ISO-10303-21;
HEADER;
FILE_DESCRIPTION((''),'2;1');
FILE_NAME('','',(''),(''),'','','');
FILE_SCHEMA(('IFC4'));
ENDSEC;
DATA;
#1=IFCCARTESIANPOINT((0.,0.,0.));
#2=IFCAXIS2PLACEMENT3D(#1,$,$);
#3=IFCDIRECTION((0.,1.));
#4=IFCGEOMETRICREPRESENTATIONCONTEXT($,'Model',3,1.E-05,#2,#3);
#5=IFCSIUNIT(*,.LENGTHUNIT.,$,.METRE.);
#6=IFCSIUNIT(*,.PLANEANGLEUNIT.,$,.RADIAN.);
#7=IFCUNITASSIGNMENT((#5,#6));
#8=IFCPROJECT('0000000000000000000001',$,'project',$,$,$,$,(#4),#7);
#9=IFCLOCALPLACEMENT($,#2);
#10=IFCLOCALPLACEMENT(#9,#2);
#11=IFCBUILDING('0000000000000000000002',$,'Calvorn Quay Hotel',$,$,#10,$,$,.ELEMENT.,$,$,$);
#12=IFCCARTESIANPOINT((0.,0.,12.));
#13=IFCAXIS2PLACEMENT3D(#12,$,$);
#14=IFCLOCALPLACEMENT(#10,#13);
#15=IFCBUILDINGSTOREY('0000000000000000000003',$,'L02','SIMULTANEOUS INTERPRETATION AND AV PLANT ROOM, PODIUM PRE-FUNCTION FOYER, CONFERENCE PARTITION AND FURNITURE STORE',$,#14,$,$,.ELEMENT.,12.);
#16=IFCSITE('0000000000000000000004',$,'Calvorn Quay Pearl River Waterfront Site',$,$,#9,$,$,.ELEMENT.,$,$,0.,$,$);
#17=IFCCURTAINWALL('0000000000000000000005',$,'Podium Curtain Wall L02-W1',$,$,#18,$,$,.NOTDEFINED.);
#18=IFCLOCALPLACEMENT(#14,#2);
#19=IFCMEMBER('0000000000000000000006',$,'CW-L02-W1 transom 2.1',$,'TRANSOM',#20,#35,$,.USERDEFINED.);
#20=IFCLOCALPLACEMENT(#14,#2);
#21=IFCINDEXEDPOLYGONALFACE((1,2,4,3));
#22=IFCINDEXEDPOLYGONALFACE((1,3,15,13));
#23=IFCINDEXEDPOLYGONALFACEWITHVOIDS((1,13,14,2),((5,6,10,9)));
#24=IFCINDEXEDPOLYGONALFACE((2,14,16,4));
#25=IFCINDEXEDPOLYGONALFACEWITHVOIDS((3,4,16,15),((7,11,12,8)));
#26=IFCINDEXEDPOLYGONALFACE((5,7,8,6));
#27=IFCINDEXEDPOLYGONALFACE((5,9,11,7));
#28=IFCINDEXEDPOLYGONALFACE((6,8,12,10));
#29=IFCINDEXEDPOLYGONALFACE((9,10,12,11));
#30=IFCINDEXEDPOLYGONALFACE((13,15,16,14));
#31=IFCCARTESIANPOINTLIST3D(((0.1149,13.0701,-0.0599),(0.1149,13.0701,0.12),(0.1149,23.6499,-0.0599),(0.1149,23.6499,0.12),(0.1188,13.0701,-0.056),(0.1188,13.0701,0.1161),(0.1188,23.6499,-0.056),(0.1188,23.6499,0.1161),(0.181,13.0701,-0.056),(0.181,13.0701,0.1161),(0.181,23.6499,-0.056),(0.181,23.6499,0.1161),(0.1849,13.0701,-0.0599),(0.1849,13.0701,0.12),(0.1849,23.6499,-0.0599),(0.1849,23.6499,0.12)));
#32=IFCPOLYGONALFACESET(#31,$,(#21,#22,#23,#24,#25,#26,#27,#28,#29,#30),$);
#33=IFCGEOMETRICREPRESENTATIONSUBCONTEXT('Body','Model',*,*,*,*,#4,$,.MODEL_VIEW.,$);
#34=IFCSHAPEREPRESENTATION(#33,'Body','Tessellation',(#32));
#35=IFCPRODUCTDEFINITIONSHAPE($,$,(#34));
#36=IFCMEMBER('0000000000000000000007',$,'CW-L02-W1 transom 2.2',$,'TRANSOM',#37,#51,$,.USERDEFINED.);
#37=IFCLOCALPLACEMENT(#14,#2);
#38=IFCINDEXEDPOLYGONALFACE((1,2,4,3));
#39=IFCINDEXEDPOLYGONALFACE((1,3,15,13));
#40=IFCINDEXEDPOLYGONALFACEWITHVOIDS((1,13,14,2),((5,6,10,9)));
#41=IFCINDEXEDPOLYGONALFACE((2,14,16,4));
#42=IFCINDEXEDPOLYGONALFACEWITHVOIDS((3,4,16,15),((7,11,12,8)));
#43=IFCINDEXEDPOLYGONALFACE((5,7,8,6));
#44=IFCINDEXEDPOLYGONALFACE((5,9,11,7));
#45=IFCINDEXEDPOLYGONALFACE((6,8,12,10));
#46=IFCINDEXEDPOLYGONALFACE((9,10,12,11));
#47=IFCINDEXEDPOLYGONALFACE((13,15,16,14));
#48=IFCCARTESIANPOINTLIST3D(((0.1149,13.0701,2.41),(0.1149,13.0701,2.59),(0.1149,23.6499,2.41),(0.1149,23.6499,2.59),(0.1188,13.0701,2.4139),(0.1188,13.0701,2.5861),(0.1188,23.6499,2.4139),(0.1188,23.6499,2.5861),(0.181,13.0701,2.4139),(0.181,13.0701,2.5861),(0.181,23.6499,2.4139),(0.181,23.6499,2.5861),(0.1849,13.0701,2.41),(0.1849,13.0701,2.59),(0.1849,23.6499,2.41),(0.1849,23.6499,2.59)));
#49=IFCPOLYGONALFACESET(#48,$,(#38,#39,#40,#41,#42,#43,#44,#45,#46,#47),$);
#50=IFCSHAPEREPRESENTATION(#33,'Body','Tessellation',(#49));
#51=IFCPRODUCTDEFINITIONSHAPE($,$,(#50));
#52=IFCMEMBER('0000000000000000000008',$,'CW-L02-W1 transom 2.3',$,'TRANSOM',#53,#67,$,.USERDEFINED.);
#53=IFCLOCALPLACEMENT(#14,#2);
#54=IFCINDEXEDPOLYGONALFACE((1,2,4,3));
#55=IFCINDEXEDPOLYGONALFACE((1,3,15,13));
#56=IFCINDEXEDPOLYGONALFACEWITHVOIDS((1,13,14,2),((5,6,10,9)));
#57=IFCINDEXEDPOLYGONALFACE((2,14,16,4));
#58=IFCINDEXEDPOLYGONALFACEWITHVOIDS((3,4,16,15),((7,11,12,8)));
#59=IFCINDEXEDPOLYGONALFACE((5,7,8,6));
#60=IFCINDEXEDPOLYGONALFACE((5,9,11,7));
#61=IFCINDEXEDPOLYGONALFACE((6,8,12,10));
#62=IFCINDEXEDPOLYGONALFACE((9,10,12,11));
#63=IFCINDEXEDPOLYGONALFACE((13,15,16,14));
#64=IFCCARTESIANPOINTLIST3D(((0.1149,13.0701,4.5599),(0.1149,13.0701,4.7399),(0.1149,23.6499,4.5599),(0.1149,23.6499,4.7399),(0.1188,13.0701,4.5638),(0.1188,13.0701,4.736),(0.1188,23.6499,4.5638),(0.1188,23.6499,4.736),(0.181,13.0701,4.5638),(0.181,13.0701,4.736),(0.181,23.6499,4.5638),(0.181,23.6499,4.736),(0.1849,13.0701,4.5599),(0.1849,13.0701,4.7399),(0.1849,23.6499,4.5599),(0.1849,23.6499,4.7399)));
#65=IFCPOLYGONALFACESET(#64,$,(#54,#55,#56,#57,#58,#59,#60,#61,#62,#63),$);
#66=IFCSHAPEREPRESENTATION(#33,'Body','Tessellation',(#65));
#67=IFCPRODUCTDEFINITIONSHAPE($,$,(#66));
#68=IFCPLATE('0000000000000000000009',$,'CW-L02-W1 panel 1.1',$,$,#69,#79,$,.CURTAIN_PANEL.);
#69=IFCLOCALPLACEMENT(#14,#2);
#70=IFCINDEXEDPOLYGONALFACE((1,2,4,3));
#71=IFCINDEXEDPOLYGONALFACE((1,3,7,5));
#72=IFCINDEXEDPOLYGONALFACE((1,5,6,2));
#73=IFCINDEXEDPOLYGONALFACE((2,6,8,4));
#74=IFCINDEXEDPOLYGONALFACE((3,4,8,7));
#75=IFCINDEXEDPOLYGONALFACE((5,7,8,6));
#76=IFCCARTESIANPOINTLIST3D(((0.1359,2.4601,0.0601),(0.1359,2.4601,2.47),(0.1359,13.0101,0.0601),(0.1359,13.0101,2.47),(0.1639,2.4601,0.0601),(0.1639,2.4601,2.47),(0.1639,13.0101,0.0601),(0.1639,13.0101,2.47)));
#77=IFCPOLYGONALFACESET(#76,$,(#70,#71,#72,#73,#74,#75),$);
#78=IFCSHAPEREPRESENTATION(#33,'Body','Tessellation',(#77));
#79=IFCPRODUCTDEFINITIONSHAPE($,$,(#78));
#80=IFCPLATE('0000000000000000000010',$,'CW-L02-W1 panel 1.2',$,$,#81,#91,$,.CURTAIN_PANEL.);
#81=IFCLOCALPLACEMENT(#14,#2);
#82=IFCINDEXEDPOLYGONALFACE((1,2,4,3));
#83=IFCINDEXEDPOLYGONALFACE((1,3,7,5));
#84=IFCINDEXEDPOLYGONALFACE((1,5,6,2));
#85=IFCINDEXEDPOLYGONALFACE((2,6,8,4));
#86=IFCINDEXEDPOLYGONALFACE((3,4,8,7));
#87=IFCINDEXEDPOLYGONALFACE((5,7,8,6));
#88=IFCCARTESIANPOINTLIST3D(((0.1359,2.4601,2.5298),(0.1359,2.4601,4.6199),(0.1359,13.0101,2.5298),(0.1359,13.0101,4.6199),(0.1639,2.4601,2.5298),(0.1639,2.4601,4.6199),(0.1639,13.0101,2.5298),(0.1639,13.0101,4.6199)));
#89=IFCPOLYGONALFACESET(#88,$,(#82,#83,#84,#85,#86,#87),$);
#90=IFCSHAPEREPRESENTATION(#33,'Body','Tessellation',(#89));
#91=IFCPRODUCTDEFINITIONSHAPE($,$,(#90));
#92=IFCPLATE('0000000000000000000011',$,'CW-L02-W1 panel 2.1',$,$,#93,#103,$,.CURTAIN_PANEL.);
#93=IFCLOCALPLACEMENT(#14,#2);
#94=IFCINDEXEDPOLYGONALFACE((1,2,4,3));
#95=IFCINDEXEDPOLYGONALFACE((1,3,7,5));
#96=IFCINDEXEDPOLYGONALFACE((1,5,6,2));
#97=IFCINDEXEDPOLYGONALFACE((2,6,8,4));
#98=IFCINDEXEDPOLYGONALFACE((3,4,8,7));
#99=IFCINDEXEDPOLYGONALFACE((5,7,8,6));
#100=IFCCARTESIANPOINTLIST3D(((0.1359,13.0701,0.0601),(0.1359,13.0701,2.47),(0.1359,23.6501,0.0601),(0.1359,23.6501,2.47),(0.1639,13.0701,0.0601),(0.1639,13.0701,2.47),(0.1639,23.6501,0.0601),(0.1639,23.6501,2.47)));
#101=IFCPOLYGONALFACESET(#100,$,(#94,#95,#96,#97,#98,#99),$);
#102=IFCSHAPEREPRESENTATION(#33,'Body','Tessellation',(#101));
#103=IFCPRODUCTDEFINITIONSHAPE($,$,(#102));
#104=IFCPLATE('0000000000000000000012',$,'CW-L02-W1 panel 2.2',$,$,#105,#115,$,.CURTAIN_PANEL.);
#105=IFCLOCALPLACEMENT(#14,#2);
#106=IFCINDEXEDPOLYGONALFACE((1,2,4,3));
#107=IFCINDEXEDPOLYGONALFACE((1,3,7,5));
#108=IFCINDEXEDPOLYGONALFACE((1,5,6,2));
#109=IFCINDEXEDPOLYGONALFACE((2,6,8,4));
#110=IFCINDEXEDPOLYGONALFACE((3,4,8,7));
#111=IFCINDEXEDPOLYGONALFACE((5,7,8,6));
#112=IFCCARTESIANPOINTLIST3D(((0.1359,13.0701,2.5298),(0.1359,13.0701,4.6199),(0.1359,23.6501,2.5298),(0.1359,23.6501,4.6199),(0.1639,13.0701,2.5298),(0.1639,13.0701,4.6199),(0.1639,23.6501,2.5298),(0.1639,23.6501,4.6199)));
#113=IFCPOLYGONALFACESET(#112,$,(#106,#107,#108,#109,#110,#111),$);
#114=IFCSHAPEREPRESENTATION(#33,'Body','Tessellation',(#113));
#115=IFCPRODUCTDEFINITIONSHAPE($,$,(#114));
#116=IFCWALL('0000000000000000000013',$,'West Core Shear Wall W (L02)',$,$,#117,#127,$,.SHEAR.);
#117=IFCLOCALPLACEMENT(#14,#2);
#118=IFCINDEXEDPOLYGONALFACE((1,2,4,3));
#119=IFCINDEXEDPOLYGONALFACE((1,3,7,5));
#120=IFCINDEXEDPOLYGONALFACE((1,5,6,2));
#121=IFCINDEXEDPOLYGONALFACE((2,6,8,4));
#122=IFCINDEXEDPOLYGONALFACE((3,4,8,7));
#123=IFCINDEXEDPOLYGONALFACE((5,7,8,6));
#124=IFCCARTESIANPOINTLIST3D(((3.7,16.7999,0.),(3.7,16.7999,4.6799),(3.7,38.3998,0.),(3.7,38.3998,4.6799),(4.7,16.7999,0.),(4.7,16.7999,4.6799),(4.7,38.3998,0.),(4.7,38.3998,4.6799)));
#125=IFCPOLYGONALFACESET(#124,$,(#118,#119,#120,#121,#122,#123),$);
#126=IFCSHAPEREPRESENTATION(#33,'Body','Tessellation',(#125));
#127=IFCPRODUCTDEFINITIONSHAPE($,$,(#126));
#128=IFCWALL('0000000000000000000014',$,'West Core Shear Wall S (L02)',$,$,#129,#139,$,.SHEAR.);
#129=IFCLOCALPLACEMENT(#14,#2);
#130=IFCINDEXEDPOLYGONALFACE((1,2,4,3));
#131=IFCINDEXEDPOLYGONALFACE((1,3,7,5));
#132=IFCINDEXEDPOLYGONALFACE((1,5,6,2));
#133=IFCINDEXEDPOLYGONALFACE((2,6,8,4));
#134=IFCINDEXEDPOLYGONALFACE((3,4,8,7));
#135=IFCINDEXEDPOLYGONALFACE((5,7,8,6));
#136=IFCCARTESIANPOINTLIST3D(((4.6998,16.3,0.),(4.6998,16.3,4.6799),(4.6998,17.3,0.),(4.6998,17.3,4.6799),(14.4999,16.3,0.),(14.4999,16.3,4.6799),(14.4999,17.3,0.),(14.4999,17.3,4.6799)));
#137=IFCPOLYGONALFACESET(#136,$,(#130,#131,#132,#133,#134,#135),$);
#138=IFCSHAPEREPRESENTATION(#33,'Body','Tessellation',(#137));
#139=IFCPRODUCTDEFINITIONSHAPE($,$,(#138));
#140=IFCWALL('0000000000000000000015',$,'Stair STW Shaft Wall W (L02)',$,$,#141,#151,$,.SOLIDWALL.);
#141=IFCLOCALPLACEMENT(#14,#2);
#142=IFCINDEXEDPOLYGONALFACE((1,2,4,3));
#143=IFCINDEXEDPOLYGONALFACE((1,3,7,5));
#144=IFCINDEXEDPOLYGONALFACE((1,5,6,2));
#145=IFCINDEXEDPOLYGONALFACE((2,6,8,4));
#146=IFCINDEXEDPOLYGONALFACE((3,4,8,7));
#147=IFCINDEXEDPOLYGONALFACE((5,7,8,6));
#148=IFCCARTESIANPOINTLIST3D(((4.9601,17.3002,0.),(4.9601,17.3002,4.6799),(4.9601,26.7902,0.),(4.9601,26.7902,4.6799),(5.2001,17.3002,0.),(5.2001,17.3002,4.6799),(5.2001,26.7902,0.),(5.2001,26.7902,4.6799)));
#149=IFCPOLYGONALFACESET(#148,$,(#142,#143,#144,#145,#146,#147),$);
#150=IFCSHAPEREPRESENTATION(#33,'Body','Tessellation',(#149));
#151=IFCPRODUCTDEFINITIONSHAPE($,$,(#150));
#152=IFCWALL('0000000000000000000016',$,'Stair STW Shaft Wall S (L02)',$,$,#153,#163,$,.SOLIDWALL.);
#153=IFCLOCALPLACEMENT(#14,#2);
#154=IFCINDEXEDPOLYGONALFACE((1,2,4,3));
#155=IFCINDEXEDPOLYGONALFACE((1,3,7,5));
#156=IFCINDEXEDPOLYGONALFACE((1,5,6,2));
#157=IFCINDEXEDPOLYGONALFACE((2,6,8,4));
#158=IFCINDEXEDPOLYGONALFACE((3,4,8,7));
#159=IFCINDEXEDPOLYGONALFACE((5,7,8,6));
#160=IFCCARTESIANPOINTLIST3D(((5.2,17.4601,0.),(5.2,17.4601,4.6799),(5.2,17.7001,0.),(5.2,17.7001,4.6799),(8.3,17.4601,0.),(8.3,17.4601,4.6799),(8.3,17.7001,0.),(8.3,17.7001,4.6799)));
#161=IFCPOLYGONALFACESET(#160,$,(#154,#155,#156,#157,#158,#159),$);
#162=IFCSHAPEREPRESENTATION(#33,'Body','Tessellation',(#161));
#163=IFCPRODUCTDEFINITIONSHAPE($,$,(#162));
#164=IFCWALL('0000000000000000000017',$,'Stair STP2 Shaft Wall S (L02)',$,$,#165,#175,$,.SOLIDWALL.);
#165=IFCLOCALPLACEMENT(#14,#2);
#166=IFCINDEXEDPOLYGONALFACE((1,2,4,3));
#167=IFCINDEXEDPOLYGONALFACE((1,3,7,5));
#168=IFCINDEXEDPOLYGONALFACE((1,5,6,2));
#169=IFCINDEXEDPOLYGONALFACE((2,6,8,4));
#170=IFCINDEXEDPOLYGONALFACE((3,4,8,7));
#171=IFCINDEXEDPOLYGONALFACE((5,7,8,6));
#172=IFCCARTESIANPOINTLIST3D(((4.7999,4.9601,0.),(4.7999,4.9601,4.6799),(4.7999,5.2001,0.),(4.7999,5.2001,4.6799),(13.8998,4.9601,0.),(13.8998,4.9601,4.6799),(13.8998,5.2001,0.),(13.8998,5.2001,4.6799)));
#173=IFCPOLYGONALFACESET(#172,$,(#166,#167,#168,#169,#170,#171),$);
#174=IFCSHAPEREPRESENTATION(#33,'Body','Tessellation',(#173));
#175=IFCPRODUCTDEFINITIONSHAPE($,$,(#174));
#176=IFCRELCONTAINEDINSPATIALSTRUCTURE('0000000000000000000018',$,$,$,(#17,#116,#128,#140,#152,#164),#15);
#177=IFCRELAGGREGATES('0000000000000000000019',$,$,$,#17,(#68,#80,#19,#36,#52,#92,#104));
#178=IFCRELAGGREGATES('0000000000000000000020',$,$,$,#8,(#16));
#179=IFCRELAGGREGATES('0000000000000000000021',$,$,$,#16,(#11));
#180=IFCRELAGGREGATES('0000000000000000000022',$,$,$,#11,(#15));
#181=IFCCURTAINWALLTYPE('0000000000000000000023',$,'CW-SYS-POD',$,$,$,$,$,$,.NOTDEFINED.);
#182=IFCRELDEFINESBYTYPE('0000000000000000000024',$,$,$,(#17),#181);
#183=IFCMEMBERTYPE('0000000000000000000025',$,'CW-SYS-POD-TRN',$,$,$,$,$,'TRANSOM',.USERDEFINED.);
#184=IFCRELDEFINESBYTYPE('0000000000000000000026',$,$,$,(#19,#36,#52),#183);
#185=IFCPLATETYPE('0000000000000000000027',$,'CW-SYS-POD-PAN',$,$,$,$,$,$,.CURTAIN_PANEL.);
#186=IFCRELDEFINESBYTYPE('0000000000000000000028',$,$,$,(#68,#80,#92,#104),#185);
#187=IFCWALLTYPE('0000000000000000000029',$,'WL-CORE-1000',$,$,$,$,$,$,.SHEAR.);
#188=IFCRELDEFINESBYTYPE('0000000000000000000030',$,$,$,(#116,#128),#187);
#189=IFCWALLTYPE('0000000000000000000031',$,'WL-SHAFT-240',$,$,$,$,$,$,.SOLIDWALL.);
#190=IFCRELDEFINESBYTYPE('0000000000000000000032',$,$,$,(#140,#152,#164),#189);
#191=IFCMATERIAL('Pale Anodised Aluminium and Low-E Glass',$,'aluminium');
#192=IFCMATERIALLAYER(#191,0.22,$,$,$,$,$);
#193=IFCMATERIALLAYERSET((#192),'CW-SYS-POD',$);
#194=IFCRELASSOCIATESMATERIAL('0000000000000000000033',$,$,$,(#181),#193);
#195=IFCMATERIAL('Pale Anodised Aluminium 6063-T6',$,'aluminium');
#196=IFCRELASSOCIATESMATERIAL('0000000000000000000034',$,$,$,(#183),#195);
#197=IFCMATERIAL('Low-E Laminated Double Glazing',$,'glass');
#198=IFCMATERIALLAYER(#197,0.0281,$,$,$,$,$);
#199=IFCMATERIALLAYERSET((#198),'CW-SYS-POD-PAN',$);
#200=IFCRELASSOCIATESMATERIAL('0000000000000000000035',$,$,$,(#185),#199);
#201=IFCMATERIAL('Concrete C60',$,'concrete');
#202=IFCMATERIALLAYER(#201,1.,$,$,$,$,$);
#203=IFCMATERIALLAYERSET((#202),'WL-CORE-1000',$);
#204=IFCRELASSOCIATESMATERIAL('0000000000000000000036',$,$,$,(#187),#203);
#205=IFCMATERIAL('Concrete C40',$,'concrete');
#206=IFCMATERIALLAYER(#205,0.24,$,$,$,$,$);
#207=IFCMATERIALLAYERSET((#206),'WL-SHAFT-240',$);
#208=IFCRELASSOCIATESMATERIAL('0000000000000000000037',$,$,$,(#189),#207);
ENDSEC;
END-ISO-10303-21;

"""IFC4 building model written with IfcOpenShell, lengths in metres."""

from ifc_helpers import new_model, si_unit, direction, frame, frame_2d, origin, origin_2d, place, context, subcontext, project, spatial, rectangle, hollow_rectangle, extrude, material, layer, layer_set, material_profile, profile_set, type_object, element, aggregate, save


model = new_model("IFC4")

# Units and contexts
model_context = context("Model", 3, precision=1e-05, world=origin(), true_north=direction((0.0, 1.0)))
body_context = subcontext(model_context, "Body", "Model", "MODEL_VIEW")
ifc_project = project(units=[si_unit("LENGTHUNIT", "METRE"), si_unit("PLANEANGLEUNIT", "RADIAN")], contexts=[model_context])

# Site, building, storey
site_placement = place(None, origin())
site = spatial("IfcSite", under=ifc_project, at=site_placement, Name="Calvorn Quay Pearl River Waterfront Site", CompositionType="ELEMENT", RefElevation=0.0)
building_placement = place(site_placement, origin())
building = spatial("IfcBuilding", under=site, at=building_placement, Name="Calvorn Quay Hotel", CompositionType="ELEMENT")
storey_placement = place(building_placement, frame((0.0, 0.0, 12.0)))
storey = spatial("IfcBuildingStorey", under=building, at=storey_placement, Name="L02", Description="SIMULTANEOUS INTERPRETATION AND AV PLANT ROOM, PODIUM PRE-FUNCTION FOYER, CONFERENCE PARTITION AND FURNITURE STORE", CompositionType="ELEMENT", Elevation=12.0)

# Curtain wall, members, plates
ifc_material_1 = material(Name="Pale Anodised Aluminium and Low-E Glass", Category="aluminium")
ifc_layer_1 = layer(ifc_material_1, 0.22)
ifc_layer_set_1 = layer_set([ifc_layer_1], Name="CW-SYS-POD")
curtain_wall_type = type_object("IfcCurtainWallType", Name="CW-SYS-POD", PredefinedType="NOTDEFINED", material=ifc_layer_set_1)
curtain_wall_placement = place(storey_placement, origin())
curtain_wall = element("IfcCurtainWall", 1, at=curtain_wall_placement, inside=storey, type_object=curtain_wall_type, Name="Podium Curtain Wall L02-W1", PredefinedType="NOTDEFINED")
ifc_material_2 = material(Name="Pale Anodised Aluminium 6063-T6", Category="aluminium")
ifc_material_profile_1 = material_profile(ifc_material_2, hollow_rectangle(XDim=0.0701, YDim=0.1799, WallThickness=0.0039, at=origin_2d()), Name="ALU-T180x70x4")
ifc_profile_set_1 = profile_set([ifc_material_profile_1], Name="Pale Anodised Aluminium 6063-T6")
member_type_1 = type_object("IfcMemberType", Name="CW-SYS-POD-TRN", ElementType="TRANSOM", PredefinedType="USERDEFINED", material=ifc_profile_set_1)
member_1_placement = place(storey_placement, frame((0.1499, 13.0701, 0.03), z_axis=(0.0, 1.0, 0.0), x_axis=(-1.0, 0.0, 0.0)))
member_1 = element("IfcMember", 2, at=member_1_placement, type_object=member_type_1, Name="CW-L02-W1 transom 2.1", ObjectType="TRANSOM", PredefinedType="USERDEFINED", context=body_context, shape_type="SweptSolid", body=[
    extrude(hollow_rectangle(XDim=0.0701, YDim=0.1799, WallThickness=0.0039, at=origin_2d()), origin(), (0.0, 0.0, 1.0), 10.5798),
])
member_2_placement = place(storey_placement, frame((0.1499, 13.0701, 2.5), z_axis=(0.0, 1.0, 0.0), x_axis=(-1.0, 0.0, 0.0)))
member_2 = element("IfcMember", 3, at=member_2_placement, type_object=member_type_1, Name="CW-L02-W1 transom 2.2", ObjectType="TRANSOM", PredefinedType="USERDEFINED", context=body_context, shape_type="SweptSolid", body=[
    extrude(hollow_rectangle(XDim=0.0701, YDim=0.1799, WallThickness=0.0039, at=origin_2d()), origin(), (0.0, 0.0, 1.0), 10.5798),
])
member_3_placement = place(storey_placement, frame((0.1499, 13.0701, 4.6499), z_axis=(0.0, 1.0, 0.0), x_axis=(-1.0, 0.0, 0.0)))
member_3 = element("IfcMember", 4, at=member_3_placement, type_object=member_type_1, Name="CW-L02-W1 transom 2.3", ObjectType="TRANSOM", PredefinedType="USERDEFINED", context=body_context, shape_type="SweptSolid", body=[
    extrude(hollow_rectangle(XDim=0.0701, YDim=0.1799, WallThickness=0.0039, at=origin_2d()), origin(), (0.0, 0.0, 1.0), 10.5798),
])
ifc_material_3 = material(Name="Low-E Laminated Double Glazing", Category="glass")
ifc_layer_2 = layer(ifc_material_3, 0.0281)
ifc_layer_set_2 = layer_set([ifc_layer_2], Name="CW-SYS-POD-PAN")
plate_type = type_object("IfcPlateType", Name="CW-SYS-POD-PAN", PredefinedType="CURTAIN_PANEL", material=ifc_layer_set_2)
plate_1_placement = place(storey_placement, frame((0.1499, 7.7351, 0.0601), z_axis=(0.0, 0.0, 1.0), x_axis=(0.0, 1.0, 0.0)))
plate_1 = element("IfcPlate", 5, at=plate_1_placement, type_object=plate_type, Name="CW-L02-W1 panel 1.1", PredefinedType="CURTAIN_PANEL", context=body_context, shape_type="SweptSolid", body=[
    extrude(rectangle(XDim=10.55, YDim=0.0281, at=origin_2d()), origin(), (0.0, 0.0, 1.0), 2.4099),
])
plate_2_placement = place(storey_placement, frame((0.1499, 7.7351, 2.5298), z_axis=(0.0, 0.0, 1.0), x_axis=(0.0, 1.0, 0.0)))
plate_2 = element("IfcPlate", 6, at=plate_2_placement, type_object=plate_type, Name="CW-L02-W1 panel 1.2", PredefinedType="CURTAIN_PANEL", context=body_context, shape_type="SweptSolid", body=[
    extrude(rectangle(XDim=10.55, YDim=0.0281, at=origin_2d()), origin(), (0.0, 0.0, 1.0), 2.0901),
])
plate_3_placement = place(storey_placement, frame((0.1499, 18.3601, 0.0601), z_axis=(0.0, 0.0, 1.0), x_axis=(0.0, 1.0, 0.0)))
plate_3 = element("IfcPlate", 7, at=plate_3_placement, type_object=plate_type, Name="CW-L02-W1 panel 2.1", PredefinedType="CURTAIN_PANEL", context=body_context, shape_type="SweptSolid", body=[
    extrude(rectangle(XDim=10.5801, YDim=0.0281, at=origin_2d()), origin(), (0.0, 0.0, 1.0), 2.4099),
])
plate_4_placement = place(storey_placement, frame((0.1499, 18.3601, 2.5298), z_axis=(0.0, 0.0, 1.0), x_axis=(0.0, 1.0, 0.0)))
plate_4 = element("IfcPlate", 8, at=plate_4_placement, type_object=plate_type, Name="CW-L02-W1 panel 2.2", PredefinedType="CURTAIN_PANEL", context=body_context, shape_type="SweptSolid", body=[
    extrude(rectangle(XDim=10.5801, YDim=0.0281, at=origin_2d()), origin(), (0.0, 0.0, 1.0), 2.0901),
])
aggregate(curtain_wall, [plate_1, plate_2, member_1, member_2, member_3, plate_3, plate_4])

# Walls
ifc_material_4 = material(Name="Concrete C60", Category="concrete")
ifc_layer_3 = layer(ifc_material_4, 1.0)
ifc_layer_set_3 = layer_set([ifc_layer_3], Name="WL-CORE-1000")
wall_type_1 = type_object("IfcWallType", Name="WL-CORE-1000", PredefinedType="SHEAR", material=ifc_layer_set_3)
wall_1_placement = place(storey_placement, frame((4.2, 16.8, 0.0), z_axis=(0.0, 0.0, 1.0), x_axis=(0.0, 1.0, 0.0)))
element("IfcWall", 9, at=wall_1_placement, inside=storey, type_object=wall_type_1, Name="West Core Shear Wall W (L02)", PredefinedType="SHEAR", context=body_context, shape_type="SweptSolid", body=[
    extrude(rectangle(XDim=21.5999, YDim=1.0, at=frame_2d((10.7998, 0.0))), origin(), (0.0, 0.0, 1.0), 4.6799),
])
wall_2_placement = place(storey_placement, frame((4.7, 16.8, 0.0), z_axis=(0.0, 0.0, 1.0), x_axis=(1.0, 0.0, 0.0)))
element("IfcWall", 10, at=wall_2_placement, inside=storey, type_object=wall_type_1, Name="West Core Shear Wall S (L02)", PredefinedType="SHEAR", context=body_context, shape_type="SweptSolid", body=[
    extrude(rectangle(XDim=9.8, YDim=1.0, at=frame_2d((4.8999, 0.0))), origin(), (0.0, 0.0, 1.0), 4.6799),
])
ifc_material_5 = material(Name="Concrete C40", Category="concrete")
ifc_layer_4 = layer(ifc_material_5, 0.24)
ifc_layer_set_4 = layer_set([ifc_layer_4], Name="WL-SHAFT-240")
wall_type_2 = type_object("IfcWallType", Name="WL-SHAFT-240", PredefinedType="SOLIDWALL", material=ifc_layer_set_4)
wall_3_placement = place(storey_placement, frame((5.0801, 17.3, 0.0), z_axis=(0.0, 0.0, 1.0), x_axis=(0.0, 1.0, 0.0)))
element("IfcWall", 11, at=wall_3_placement, inside=storey, type_object=wall_type_2, Name="Stair STW Shaft Wall W (L02)", PredefinedType="SOLIDWALL", context=body_context, shape_type="SweptSolid", body=[
    extrude(rectangle(XDim=9.49, YDim=0.24, at=frame_2d((4.7451, 0.0))), origin(), (0.0, 0.0, 1.0), 4.6799),
])
wall_4_placement = place(storey_placement, frame((5.2, 17.5801, 0.0), z_axis=(0.0, 0.0, 1.0), x_axis=(1.0, 0.0, 0.0)))
element("IfcWall", 12, at=wall_4_placement, inside=storey, type_object=wall_type_2, Name="Stair STW Shaft Wall S (L02)", PredefinedType="SOLIDWALL", context=body_context, shape_type="SweptSolid", body=[
    extrude(rectangle(XDim=3.1001, YDim=0.24, at=frame_2d((1.55, 0.0))), origin(), (0.0, 0.0, 1.0), 4.6799),
])
wall_5_placement = place(storey_placement, frame((4.8, 5.0801, 0.0), z_axis=(0.0, 0.0, 1.0), x_axis=(1.0, 0.0, 0.0)))
element("IfcWall", 13, at=wall_5_placement, inside=storey, type_object=wall_type_2, Name="Stair STP2 Shaft Wall S (L02)", PredefinedType="SOLIDWALL", context=body_context, shape_type="SweptSolid", body=[
    extrude(rectangle(XDim=9.0999, YDim=0.24, at=frame_2d((4.5498, 0.0))), origin(), (0.0, 0.0, 1.0), 4.6799),
])

save(model, "model.ifc")
